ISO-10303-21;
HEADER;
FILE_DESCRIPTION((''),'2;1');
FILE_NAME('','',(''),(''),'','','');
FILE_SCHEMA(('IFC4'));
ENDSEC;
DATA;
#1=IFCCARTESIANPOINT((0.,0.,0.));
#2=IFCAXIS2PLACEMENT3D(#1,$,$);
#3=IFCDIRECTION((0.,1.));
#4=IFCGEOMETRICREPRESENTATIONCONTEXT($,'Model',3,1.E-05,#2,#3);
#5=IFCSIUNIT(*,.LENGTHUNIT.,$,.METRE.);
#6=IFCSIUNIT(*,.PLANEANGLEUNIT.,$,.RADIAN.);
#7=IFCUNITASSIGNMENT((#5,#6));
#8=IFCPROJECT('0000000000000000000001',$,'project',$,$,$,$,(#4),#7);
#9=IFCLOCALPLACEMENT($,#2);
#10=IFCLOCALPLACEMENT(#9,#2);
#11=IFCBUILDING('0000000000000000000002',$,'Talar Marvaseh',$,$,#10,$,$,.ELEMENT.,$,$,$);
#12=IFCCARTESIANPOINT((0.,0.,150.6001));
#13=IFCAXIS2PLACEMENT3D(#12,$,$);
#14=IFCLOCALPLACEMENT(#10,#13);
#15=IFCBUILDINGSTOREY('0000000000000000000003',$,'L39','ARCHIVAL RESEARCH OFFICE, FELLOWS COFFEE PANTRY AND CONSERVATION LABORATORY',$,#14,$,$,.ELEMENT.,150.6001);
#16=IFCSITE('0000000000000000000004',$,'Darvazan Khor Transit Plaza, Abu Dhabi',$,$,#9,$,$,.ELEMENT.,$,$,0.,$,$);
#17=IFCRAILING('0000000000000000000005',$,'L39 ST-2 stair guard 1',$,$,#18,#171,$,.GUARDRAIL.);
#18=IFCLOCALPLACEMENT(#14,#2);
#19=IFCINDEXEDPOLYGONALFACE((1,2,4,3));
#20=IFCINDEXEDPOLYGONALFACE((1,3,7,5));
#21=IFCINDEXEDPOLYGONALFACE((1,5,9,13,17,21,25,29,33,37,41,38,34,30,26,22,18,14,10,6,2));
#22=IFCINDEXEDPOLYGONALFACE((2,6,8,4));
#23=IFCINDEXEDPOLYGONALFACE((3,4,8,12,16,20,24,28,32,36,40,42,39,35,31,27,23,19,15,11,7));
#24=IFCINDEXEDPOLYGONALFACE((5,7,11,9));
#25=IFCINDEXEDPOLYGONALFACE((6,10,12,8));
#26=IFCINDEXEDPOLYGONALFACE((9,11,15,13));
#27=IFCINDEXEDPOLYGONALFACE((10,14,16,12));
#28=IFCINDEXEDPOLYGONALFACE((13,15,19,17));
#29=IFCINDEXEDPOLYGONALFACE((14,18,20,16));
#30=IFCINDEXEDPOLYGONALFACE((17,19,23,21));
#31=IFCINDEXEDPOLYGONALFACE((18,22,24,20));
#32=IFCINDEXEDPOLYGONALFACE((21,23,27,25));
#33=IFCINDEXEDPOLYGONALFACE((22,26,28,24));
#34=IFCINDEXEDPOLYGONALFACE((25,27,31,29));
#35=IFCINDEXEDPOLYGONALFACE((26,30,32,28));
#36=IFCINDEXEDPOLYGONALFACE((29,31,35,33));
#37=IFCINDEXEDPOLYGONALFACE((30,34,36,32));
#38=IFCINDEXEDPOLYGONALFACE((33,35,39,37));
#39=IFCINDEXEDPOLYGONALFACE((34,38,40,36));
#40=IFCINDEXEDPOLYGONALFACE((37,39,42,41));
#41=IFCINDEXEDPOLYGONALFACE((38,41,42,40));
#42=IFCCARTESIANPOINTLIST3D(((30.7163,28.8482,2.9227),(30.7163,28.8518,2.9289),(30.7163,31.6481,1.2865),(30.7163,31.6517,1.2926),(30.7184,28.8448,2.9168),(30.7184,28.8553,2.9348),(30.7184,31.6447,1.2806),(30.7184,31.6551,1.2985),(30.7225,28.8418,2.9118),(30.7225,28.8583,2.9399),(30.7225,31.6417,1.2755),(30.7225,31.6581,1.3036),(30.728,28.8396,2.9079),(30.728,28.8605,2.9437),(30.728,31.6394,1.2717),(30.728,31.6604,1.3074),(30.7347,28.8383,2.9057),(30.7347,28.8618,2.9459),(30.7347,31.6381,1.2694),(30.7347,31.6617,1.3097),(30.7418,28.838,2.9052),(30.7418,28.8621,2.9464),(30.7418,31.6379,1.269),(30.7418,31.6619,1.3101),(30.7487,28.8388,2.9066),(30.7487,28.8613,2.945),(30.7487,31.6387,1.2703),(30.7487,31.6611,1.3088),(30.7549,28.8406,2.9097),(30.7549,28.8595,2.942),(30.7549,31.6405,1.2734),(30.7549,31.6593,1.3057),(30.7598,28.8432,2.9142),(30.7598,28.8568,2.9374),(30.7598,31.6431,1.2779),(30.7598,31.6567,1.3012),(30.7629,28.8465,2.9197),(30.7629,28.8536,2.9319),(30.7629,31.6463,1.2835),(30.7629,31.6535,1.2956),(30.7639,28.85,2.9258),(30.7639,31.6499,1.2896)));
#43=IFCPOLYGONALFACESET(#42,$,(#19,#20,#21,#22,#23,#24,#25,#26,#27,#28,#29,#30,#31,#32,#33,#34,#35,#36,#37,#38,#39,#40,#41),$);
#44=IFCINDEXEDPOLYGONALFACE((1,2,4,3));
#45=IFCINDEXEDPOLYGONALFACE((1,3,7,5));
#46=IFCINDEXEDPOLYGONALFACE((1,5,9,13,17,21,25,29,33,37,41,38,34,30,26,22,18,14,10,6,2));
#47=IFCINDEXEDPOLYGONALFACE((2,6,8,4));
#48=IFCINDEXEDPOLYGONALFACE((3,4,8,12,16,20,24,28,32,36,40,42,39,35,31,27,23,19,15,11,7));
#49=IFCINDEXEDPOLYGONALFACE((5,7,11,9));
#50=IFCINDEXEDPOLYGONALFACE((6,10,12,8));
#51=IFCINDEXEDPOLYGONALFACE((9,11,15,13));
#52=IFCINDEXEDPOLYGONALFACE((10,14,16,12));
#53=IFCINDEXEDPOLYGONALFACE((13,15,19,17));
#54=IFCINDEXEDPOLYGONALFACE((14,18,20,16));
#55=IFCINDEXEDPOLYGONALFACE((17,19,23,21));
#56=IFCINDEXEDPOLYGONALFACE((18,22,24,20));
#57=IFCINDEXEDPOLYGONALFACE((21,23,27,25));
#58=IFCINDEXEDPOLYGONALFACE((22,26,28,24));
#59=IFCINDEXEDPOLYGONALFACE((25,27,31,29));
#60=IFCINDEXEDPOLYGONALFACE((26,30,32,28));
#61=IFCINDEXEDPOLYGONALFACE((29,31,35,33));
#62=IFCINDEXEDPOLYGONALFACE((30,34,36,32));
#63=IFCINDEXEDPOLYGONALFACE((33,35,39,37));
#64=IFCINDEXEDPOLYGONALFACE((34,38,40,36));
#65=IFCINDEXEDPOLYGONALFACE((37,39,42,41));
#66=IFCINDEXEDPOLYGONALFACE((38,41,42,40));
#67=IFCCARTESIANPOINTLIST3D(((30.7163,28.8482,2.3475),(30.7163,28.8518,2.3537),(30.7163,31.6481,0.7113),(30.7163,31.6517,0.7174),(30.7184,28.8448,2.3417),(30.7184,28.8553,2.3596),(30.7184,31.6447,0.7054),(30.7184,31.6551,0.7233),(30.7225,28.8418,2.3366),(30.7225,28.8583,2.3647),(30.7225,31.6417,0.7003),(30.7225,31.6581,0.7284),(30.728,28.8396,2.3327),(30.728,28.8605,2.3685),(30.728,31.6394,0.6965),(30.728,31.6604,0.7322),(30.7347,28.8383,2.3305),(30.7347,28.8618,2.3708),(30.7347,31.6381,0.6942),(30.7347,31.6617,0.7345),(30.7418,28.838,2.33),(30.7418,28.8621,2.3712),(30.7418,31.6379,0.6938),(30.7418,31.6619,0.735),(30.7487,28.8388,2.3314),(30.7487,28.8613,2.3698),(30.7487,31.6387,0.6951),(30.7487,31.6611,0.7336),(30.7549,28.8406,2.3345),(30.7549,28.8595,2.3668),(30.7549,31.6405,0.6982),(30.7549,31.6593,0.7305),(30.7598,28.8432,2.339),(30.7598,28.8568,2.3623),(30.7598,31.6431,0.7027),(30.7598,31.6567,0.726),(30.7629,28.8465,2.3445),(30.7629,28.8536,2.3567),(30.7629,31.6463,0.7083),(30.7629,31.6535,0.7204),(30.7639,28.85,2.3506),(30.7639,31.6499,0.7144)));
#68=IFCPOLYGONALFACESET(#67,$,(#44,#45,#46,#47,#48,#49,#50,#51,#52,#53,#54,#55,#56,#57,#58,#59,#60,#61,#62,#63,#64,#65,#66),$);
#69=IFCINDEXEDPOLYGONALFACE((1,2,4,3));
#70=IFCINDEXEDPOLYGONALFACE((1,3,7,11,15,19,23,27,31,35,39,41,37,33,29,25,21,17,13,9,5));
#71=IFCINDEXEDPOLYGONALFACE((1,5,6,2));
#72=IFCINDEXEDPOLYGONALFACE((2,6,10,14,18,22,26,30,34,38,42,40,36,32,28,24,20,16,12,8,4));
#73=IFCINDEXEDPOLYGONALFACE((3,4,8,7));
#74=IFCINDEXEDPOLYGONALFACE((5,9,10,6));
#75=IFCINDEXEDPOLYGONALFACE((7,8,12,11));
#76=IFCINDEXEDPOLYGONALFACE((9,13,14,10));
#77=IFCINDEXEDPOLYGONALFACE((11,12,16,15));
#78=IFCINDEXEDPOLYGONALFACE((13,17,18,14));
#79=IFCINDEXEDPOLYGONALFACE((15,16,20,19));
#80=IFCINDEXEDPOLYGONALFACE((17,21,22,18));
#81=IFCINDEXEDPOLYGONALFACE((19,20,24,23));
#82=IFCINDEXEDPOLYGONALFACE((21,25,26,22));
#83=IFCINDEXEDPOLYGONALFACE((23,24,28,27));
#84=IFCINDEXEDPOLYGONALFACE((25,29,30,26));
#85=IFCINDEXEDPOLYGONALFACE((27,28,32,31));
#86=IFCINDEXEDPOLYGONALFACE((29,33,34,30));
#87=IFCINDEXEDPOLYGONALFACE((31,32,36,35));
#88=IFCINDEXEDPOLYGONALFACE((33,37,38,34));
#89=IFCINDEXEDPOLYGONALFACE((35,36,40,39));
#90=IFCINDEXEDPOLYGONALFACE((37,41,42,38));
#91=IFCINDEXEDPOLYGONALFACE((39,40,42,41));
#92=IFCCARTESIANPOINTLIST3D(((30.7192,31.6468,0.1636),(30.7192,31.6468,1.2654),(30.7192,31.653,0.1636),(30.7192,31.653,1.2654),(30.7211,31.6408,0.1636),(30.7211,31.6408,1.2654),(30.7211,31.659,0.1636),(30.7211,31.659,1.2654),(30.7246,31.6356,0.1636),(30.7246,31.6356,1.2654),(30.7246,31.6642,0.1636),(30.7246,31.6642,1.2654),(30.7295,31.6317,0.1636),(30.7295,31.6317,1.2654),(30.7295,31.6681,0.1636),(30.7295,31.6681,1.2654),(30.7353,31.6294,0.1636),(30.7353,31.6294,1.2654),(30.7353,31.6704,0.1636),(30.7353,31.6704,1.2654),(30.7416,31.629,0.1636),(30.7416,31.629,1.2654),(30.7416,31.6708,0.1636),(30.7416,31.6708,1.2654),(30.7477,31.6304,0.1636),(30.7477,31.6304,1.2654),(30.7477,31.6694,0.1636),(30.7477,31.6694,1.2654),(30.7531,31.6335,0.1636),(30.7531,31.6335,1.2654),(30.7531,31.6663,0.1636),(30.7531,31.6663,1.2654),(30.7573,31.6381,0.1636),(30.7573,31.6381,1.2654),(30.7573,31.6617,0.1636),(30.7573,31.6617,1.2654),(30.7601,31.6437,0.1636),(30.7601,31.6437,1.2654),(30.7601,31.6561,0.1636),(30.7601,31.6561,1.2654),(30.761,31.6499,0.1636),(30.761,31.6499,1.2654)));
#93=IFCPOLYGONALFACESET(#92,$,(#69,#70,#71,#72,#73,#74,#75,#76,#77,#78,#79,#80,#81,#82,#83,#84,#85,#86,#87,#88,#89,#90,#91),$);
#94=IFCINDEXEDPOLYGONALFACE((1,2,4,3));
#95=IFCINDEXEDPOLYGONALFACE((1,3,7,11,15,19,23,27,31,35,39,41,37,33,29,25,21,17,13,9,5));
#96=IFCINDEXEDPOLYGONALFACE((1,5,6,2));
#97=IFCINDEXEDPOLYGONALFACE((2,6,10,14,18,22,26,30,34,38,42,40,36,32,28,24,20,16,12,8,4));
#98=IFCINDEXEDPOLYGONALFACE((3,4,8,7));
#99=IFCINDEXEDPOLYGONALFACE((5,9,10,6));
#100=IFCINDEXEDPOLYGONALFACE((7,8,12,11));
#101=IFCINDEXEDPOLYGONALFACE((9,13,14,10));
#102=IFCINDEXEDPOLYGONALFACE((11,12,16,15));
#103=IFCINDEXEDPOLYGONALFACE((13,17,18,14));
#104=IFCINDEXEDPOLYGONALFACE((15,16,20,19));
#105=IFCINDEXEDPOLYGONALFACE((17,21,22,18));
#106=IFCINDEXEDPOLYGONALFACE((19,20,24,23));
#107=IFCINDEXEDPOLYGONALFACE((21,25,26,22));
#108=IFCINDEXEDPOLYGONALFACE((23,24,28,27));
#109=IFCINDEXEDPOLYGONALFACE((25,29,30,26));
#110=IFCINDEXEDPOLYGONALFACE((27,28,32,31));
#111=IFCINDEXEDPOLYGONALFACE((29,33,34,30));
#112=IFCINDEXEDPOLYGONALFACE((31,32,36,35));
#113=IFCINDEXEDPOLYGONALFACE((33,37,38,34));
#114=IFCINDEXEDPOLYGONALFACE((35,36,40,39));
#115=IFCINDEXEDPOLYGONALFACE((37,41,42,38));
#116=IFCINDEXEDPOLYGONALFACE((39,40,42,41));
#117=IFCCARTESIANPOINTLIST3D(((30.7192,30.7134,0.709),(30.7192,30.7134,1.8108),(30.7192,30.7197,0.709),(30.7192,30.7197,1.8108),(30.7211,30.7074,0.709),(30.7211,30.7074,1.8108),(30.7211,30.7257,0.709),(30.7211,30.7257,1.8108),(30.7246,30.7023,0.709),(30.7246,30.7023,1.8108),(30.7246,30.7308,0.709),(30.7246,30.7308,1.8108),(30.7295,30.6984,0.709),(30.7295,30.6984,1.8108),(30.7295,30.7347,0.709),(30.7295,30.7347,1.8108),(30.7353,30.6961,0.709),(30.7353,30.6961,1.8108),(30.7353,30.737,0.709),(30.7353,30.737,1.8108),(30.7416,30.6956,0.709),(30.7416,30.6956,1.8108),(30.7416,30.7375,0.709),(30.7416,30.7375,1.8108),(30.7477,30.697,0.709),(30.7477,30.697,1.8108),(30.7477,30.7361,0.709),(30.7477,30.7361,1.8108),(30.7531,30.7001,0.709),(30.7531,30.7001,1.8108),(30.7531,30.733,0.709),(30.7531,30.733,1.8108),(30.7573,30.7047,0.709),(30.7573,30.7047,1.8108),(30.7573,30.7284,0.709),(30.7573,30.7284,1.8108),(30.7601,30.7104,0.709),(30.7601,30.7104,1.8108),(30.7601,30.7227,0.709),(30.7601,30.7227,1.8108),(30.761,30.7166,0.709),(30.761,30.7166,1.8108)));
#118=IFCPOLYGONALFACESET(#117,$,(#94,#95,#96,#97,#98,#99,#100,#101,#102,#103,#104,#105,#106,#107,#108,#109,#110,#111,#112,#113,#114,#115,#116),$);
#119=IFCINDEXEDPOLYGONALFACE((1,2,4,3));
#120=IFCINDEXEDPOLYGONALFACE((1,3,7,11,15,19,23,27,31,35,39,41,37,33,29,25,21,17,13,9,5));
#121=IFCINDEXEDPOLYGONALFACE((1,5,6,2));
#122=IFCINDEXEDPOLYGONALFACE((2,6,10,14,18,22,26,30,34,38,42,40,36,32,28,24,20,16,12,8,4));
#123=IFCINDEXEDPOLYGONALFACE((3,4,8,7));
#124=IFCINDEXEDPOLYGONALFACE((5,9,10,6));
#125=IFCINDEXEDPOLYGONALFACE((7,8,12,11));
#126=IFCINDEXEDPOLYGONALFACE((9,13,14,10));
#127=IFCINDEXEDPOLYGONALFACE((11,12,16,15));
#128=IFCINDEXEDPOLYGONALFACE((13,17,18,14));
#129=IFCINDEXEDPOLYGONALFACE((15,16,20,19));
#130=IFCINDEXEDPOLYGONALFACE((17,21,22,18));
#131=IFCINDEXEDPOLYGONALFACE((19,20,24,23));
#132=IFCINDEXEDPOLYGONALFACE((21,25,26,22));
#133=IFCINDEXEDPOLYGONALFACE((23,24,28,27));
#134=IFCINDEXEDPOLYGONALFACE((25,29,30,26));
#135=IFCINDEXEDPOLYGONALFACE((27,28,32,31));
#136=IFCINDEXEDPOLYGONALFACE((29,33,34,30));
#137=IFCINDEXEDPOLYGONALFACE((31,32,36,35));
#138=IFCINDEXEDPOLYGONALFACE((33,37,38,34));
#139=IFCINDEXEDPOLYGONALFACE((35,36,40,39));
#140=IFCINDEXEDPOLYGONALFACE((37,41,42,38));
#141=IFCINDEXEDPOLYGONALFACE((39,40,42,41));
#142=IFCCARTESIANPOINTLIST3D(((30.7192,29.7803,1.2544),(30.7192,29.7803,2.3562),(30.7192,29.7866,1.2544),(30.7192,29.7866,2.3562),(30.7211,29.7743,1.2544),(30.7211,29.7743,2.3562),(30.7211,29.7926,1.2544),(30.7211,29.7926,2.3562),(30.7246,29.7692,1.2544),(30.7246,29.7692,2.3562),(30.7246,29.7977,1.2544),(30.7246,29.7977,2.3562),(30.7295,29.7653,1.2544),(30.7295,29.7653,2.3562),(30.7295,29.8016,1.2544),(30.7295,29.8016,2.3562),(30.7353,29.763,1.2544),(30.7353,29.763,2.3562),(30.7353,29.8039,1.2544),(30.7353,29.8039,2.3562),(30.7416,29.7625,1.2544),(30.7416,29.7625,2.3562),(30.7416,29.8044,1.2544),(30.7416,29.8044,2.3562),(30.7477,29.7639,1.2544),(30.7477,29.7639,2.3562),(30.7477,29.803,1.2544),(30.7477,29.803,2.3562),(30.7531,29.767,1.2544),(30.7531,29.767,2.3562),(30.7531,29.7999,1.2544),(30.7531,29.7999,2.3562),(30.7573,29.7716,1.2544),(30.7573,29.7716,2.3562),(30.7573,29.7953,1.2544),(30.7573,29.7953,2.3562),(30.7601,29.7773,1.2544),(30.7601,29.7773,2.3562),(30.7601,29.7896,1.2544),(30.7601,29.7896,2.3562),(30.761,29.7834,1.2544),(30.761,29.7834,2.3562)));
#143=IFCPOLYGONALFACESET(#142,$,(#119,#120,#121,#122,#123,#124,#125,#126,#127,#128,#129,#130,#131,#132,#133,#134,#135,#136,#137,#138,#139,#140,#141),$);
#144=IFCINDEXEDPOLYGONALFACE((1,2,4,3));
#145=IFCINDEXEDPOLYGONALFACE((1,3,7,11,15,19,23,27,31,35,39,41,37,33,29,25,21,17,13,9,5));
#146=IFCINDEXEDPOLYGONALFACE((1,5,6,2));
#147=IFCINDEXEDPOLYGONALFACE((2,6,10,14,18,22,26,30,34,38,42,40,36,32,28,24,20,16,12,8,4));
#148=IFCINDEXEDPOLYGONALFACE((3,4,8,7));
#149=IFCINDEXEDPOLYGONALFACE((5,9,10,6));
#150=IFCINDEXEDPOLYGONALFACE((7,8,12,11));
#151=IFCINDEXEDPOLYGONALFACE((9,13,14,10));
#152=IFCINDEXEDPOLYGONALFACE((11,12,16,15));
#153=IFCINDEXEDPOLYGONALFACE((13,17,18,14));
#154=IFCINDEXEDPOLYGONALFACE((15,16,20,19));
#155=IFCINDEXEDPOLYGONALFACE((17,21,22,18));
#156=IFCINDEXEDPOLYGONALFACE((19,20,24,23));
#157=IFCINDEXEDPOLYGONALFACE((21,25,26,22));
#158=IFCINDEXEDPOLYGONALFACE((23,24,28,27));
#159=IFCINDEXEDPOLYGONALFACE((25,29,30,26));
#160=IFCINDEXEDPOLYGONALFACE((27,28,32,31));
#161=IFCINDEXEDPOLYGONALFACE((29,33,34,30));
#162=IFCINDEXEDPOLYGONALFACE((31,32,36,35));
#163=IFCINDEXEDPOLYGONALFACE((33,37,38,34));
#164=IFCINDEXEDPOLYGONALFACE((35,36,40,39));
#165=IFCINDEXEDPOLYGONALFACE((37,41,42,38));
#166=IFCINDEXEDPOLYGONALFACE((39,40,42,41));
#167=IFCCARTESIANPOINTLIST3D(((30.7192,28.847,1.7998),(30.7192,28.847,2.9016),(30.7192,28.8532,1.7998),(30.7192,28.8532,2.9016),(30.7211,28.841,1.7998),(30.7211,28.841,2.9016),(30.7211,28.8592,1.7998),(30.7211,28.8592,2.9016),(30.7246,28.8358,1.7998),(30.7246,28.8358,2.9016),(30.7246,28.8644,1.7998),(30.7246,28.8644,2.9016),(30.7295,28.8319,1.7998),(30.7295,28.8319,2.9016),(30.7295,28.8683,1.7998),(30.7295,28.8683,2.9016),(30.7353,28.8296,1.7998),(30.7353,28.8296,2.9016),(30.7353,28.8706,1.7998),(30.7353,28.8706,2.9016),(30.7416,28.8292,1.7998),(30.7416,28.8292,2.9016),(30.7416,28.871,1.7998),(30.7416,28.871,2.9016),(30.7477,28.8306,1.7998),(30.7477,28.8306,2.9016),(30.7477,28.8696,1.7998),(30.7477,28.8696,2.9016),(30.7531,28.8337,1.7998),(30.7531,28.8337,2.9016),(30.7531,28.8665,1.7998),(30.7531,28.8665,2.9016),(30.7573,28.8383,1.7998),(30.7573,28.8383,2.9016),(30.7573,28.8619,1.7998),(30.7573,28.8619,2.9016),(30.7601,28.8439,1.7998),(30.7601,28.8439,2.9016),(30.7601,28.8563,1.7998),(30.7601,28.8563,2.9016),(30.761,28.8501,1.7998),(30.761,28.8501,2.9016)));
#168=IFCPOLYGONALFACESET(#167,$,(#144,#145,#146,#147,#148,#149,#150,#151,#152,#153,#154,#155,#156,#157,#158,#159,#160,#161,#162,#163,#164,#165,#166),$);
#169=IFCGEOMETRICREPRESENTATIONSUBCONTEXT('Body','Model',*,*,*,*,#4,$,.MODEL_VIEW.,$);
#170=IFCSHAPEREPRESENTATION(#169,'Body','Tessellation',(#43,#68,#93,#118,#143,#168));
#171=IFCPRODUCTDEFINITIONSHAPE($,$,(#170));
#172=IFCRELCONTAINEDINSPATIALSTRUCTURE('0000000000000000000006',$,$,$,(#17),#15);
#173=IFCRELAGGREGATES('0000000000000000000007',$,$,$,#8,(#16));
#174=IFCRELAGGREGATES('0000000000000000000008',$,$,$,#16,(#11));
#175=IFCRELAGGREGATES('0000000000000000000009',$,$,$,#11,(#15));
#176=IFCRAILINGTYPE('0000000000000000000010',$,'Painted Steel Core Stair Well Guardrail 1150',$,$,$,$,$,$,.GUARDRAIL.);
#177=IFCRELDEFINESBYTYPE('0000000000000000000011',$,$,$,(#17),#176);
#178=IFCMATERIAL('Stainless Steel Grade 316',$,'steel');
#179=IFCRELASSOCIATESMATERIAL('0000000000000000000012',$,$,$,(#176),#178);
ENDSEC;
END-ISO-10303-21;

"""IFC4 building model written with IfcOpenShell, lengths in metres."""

from ifc_helpers import new_model, si_unit, direction, frame, origin, origin_2d, place, context, subcontext, project, spatial, circle, extrude, material, type_object, element, save


model = new_model("IFC4")

# Units and contexts
model_context = context("Model", 3, precision=1e-05, world=origin(), true_north=direction((0.0, 1.0)))
body_context = subcontext(model_context, "Body", "Model", "MODEL_VIEW")
ifc_project = project(units=[si_unit("LENGTHUNIT", "METRE"), si_unit("PLANEANGLEUNIT", "RADIAN")], contexts=[model_context])

# Site, building, storey
site_placement = place(None, origin())
site = spatial("IfcSite", under=ifc_project, at=site_placement, Name="Darvazan Khor Transit Plaza, Abu Dhabi", CompositionType="ELEMENT", RefElevation=0.0)
building_placement = place(site_placement, origin())
building = spatial("IfcBuilding", under=site, at=building_placement, Name="Talar Marvaseh", CompositionType="ELEMENT")
storey_placement = place(building_placement, frame((0.0, 0.0, 150.6001)))
storey = spatial("IfcBuildingStorey", under=building, at=storey_placement, Name="L39", Description="ARCHIVAL RESEARCH OFFICE, FELLOWS COFFEE PANTRY AND CONSERVATION LABORATORY", CompositionType="ELEMENT", Elevation=150.6001)

# Shared definitions
ifc_material_1 = material(Name="Stainless Steel Grade 316", Category="steel")

# Railing
railing_type_1 = type_object("IfcRailingType", Name="Painted Steel Core Stair Well Guardrail 1150", PredefinedType="GUARDRAIL", material=ifc_material_1)
railing_1_placement = place(storey_placement, frame((30.74, 31.6499, 0.1636)))
element("IfcRailing", 1, at=railing_1_placement, inside=storey, type_object=railing_type_1, Name="L39 ST-2 stair guard 1", PredefinedType="GUARDRAIL", context=body_context, shape_type="SweptSolid", body=[
    extrude(circle(Radius=0.0239, at=origin_2d()), frame((0.0, 0.0, 1.126), z_axis=(0.0, -0.863374, 0.504564), x_axis=(1.0, 0.0, 0.0)), (0.0, 0.0, 1.0), 3.2429),
    extrude(circle(Radius=0.0239, at=origin_2d()), frame((0.0, 0.0, 0.5508), z_axis=(0.0, -0.863374, 0.504564), x_axis=(1.0, 0.0, 0.0)), (0.0, 0.0, 1.0), 3.2429),
    extrude(circle(Radius=0.021, at=origin_2d()), origin(), (0.0, 0.0, 1.0), 1.1018),
    extrude(circle(Radius=0.021, at=origin_2d()), frame((0.0, -0.9333, 0.5454)), (0.0, 0.0, 1.0), 1.1018),
    extrude(circle(Radius=0.021, at=origin_2d()), frame((0.0, -1.8665, 1.0908)), (0.0, 0.0, 1.0), 1.1018),
    extrude(circle(Radius=0.021, at=origin_2d()), frame((0.0, -2.7998, 1.6362)), (0.0, 0.0, 1.0), 1.1018),
])

save(model, "model.ifc")
